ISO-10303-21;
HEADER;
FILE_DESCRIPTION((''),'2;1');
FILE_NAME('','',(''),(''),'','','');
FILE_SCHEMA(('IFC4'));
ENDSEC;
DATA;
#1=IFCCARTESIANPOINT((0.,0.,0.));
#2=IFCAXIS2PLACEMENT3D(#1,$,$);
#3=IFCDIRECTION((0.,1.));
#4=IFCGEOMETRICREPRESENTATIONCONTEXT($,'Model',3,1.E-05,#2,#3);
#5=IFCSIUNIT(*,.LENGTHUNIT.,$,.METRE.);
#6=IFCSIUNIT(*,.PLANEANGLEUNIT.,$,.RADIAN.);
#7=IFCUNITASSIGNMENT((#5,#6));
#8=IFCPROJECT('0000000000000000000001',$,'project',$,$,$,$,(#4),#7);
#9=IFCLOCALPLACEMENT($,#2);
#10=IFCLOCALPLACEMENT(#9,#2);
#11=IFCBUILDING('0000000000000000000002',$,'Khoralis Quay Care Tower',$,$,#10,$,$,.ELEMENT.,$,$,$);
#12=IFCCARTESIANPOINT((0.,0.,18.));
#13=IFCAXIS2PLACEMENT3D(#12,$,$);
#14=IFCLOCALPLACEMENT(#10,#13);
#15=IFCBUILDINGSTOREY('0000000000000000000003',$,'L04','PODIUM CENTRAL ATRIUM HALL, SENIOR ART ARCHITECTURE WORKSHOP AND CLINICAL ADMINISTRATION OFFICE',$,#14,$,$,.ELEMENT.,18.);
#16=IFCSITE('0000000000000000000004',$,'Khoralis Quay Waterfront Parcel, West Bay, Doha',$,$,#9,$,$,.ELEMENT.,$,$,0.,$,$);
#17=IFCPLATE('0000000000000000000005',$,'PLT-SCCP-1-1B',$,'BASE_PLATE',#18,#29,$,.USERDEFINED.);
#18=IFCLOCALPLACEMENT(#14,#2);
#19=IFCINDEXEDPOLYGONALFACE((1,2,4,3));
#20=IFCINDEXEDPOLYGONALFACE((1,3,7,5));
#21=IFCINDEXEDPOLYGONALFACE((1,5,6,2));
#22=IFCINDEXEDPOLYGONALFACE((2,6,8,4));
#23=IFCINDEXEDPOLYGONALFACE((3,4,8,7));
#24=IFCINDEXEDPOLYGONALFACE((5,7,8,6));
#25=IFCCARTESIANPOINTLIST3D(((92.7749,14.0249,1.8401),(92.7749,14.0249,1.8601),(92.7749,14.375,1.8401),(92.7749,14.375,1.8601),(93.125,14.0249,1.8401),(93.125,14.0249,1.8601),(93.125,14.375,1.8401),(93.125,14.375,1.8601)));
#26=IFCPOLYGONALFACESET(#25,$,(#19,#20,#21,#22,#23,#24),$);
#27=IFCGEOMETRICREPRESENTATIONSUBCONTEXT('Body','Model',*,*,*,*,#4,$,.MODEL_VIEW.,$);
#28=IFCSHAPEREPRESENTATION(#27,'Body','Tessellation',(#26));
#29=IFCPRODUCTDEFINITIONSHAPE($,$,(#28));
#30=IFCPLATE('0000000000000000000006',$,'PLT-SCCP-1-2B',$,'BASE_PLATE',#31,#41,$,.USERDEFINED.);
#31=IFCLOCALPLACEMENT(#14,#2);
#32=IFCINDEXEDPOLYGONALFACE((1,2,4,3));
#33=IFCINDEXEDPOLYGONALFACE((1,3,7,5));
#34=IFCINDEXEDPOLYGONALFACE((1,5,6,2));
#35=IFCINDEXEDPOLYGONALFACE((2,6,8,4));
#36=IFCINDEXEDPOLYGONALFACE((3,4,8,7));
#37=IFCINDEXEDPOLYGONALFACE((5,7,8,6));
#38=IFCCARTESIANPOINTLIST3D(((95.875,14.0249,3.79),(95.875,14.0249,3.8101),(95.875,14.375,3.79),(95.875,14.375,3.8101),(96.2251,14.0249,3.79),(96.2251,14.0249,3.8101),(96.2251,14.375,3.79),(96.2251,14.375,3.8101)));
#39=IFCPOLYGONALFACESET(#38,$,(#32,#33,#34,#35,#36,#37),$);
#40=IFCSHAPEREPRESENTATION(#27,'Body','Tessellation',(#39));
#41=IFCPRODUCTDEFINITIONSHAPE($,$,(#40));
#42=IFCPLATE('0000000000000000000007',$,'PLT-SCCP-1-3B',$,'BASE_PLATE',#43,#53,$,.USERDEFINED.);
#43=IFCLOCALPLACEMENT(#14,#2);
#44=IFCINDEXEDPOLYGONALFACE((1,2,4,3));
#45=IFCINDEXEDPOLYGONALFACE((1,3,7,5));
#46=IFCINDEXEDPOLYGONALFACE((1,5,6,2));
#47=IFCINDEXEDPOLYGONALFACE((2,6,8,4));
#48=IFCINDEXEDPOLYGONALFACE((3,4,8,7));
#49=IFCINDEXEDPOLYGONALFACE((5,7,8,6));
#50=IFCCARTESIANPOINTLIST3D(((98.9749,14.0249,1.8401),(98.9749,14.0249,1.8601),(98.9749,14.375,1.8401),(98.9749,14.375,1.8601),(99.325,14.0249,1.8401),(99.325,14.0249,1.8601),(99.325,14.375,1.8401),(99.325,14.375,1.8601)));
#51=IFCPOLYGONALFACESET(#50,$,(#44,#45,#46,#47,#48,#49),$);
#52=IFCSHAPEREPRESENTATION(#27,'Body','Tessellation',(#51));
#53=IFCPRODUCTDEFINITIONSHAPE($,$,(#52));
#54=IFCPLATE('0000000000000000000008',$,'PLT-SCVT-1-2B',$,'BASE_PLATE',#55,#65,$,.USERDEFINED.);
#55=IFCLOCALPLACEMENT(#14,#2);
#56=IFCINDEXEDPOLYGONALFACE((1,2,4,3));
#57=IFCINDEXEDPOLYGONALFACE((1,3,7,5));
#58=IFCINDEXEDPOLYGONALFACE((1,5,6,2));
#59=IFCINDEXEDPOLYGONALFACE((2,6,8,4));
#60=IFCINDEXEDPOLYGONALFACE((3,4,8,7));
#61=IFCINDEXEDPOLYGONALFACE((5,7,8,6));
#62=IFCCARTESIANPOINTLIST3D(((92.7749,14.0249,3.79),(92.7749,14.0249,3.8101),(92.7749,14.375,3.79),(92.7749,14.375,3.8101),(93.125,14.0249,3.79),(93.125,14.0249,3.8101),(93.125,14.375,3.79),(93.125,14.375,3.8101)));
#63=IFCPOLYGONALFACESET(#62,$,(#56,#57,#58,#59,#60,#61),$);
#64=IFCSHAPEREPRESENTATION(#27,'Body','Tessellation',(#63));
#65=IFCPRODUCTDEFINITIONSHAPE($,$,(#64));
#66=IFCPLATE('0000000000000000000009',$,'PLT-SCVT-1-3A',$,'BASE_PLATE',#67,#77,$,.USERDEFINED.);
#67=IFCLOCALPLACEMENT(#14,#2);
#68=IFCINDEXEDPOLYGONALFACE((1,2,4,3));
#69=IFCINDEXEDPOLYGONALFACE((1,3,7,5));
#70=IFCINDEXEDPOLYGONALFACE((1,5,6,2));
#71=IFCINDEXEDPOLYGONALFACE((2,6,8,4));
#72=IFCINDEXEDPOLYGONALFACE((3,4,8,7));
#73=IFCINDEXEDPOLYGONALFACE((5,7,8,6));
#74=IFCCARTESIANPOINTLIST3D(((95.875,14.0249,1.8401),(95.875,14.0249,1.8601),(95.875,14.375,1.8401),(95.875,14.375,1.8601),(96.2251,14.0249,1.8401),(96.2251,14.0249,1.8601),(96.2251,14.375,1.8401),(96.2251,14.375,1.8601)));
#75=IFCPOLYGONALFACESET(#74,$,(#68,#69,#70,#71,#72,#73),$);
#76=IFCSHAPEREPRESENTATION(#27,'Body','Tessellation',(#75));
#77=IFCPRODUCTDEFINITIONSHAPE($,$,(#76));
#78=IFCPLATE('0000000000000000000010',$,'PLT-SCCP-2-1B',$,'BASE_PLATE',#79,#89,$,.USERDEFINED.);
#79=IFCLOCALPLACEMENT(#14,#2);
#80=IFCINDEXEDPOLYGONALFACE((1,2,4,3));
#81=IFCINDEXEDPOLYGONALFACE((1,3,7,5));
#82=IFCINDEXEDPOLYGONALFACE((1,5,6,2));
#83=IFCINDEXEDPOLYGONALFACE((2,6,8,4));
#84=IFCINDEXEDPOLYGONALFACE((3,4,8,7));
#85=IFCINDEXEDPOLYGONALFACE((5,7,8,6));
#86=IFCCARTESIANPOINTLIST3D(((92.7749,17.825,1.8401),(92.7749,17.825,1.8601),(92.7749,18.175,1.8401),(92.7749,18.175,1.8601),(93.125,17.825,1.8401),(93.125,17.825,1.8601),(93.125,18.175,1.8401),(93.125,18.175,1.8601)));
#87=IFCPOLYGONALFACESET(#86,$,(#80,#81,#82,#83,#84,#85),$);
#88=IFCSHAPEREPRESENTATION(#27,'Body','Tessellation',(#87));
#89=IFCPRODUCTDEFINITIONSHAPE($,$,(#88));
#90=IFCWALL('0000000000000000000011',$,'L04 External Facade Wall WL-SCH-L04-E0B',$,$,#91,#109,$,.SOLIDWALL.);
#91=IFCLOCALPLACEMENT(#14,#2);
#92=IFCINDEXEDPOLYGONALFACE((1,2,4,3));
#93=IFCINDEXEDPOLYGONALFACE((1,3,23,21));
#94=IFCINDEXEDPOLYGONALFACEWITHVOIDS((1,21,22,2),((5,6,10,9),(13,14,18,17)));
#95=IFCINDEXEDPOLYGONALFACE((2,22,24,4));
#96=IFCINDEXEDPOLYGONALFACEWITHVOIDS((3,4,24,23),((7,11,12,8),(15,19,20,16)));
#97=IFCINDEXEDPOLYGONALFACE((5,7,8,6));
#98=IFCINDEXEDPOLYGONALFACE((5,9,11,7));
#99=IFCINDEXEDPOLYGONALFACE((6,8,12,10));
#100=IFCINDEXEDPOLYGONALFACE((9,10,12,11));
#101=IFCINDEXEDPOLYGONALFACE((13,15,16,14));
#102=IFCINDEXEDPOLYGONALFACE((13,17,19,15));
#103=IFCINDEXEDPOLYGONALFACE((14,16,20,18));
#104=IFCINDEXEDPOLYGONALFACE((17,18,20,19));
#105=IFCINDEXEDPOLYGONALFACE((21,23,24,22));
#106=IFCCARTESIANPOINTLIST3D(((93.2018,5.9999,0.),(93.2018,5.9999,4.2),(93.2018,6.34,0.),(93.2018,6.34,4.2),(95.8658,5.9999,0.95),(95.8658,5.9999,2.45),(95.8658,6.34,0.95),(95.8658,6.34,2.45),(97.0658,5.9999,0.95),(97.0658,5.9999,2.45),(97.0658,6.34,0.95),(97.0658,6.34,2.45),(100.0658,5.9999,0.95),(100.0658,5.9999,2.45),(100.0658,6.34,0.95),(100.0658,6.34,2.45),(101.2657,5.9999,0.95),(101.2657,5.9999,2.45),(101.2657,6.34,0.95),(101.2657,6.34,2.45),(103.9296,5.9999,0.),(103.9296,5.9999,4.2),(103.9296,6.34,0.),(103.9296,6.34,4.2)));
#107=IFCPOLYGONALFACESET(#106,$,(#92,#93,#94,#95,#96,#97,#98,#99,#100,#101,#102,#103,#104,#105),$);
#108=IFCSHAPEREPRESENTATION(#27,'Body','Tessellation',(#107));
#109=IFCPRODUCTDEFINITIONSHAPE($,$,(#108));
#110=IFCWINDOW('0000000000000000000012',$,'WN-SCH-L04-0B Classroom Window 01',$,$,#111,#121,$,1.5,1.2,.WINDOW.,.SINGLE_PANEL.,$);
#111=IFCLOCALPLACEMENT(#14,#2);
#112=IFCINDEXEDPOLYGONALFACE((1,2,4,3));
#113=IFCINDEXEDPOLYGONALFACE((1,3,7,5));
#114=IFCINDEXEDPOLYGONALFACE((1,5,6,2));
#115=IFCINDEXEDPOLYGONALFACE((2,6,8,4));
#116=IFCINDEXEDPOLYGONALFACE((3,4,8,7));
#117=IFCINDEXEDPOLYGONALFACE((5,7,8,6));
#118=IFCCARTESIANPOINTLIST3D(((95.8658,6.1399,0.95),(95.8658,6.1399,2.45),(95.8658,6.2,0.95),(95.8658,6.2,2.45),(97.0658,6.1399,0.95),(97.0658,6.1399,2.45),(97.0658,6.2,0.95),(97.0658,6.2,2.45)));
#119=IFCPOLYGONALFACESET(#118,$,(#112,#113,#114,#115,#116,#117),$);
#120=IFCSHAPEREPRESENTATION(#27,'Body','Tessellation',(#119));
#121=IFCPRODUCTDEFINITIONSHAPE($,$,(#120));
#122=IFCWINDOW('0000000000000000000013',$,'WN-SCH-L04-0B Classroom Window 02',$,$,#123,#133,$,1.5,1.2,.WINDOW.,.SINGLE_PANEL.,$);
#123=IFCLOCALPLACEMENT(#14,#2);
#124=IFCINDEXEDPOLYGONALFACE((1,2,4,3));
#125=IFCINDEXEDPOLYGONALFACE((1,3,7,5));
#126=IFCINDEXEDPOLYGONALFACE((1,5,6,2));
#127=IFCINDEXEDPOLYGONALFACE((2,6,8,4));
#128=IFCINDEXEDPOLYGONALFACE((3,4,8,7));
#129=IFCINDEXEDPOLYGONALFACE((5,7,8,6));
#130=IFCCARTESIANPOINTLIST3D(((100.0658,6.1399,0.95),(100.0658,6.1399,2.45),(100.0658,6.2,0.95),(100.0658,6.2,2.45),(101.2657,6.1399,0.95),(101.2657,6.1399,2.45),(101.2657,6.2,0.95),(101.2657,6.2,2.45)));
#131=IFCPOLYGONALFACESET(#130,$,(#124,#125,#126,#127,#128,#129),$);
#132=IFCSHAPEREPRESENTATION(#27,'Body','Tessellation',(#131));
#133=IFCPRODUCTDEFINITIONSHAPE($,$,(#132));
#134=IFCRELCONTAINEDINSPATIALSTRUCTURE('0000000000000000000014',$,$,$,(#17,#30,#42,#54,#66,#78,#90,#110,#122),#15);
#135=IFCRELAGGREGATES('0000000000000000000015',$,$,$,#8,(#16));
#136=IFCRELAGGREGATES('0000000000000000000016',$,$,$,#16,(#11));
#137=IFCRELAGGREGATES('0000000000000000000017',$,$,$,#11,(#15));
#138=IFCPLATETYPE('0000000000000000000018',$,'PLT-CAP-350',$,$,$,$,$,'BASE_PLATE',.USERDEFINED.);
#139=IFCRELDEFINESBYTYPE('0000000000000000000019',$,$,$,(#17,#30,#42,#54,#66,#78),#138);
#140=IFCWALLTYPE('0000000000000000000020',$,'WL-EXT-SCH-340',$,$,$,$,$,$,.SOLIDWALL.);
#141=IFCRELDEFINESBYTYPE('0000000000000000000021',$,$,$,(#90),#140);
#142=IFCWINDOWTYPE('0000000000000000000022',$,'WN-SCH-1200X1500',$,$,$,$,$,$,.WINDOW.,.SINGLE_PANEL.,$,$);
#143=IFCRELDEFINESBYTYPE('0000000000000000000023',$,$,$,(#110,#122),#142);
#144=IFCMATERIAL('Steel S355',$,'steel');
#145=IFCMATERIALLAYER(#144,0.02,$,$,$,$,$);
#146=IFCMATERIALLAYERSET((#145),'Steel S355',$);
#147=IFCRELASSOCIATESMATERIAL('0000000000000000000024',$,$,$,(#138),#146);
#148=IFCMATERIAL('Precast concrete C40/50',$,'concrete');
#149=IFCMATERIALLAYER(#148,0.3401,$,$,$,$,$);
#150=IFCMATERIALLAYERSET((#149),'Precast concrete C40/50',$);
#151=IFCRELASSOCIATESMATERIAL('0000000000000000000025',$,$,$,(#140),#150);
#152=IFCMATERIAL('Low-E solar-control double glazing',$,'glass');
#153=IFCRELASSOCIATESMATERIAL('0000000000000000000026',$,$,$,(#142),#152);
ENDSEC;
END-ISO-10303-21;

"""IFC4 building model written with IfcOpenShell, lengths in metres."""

from ifc_helpers import new_model, si_unit, direction, frame, frame_2d, origin, origin_2d, place, context, subcontext, project, spatial, rectangle, extrude, source, transform, mapped, material, layer, layer_set, type_object, element, fill, save


model = new_model("IFC4")

# Units and contexts
model_context = context("Model", 3, precision=1e-05, world=origin(), true_north=direction((0.0, 1.0)))
body_context = subcontext(model_context, "Body", "Model", "MODEL_VIEW")
ifc_project = project(units=[si_unit("LENGTHUNIT", "METRE"), si_unit("PLANEANGLEUNIT", "RADIAN")], contexts=[model_context])

# Site, building, storey
site_placement = place(None, origin())
site = spatial("IfcSite", under=ifc_project, at=site_placement, Name="Khoralis Quay Waterfront Parcel, West Bay, Doha", CompositionType="ELEMENT", RefElevation=0.0)
building_placement = place(site_placement, origin())
building = spatial("IfcBuilding", under=site, at=building_placement, Name="Khoralis Quay Care Tower", CompositionType="ELEMENT")
storey_placement = place(building_placement, frame((0.0, 0.0, 18.0)))
storey = spatial("IfcBuildingStorey", under=building, at=storey_placement, Name="L04", Description="PODIUM CENTRAL ATRIUM HALL, SENIOR ART ARCHITECTURE WORKSHOP AND CLINICAL ADMINISTRATION OFFICE", CompositionType="ELEMENT", Elevation=18.0)

# Shared definitions
ifc_material_1 = material(Name="Steel S355", Category="steel")

# Plates
ifc_layer_1 = layer(ifc_material_1, 0.02)
ifc_layer_set_1 = layer_set([ifc_layer_1], Name="Steel S355")
plate_type = type_object("IfcPlateType", Name="PLT-CAP-350", ElementType="BASE_PLATE", PredefinedType="USERDEFINED", material=ifc_layer_set_1)
shared_shape_1 = source(origin(), body_context, "Body", "SweptSolid", [
    extrude(rectangle(XDim=0.3501, YDim=0.3501, at=origin_2d()), origin(), (0.0, 0.0, 1.0), 0.02),
])
for number, where, z_axis, x_axis, name in (
    (1, (92.95, 14.2, 1.8401), (0.0, 0.0, 1.0), (1.0, 0.0, 0.0), "PLT-SCCP-1-1B"),
    (2, (96.05, 14.2, 3.79), (0.0, 0.0, 1.0), (1.0, 0.0, 0.0), "PLT-SCCP-1-2B"),
    (3, (99.1499, 14.2, 1.8401), (0.0, 0.0, 1.0), (1.0, 0.0, 0.0), "PLT-SCCP-1-3B"),
    (4, (92.95, 14.2, 3.79), (0.0, 0.0, 1.0), (1.0, 0.0, 0.0), "PLT-SCVT-1-2B"),
    (5, (96.05, 14.2, 1.8401), (0.0, 0.0, 1.0), (1.0, 0.0, 0.0), "PLT-SCVT-1-3A"),
    (6, (92.95, 18.0, 1.8401), (0.0, 0.0, 1.0), (1.0, 0.0, 0.0), "PLT-SCCP-2-1B"),
):
    element("IfcPlate", number, at=place(storey_placement, frame(where, z_axis=z_axis, x_axis=x_axis)), inside=storey, type_object=plate_type, Name=name, ObjectType="BASE_PLATE", PredefinedType="USERDEFINED", context=body_context, shape_type="MappedRepresentation", body=[
        mapped(shared_shape_1, transform((0.0, 0.0, 0.0), scale=1.0)),
    ])

# Wall, openings, windows
ifc_material_2 = material(Name="Precast concrete C40/50", Category="concrete")
ifc_layer_2 = layer(ifc_material_2, 0.3401)
ifc_layer_set_2 = layer_set([ifc_layer_2], Name="Precast concrete C40/50")
wall_type = type_object("IfcWallType", Name="WL-EXT-SCH-340", PredefinedType="SOLIDWALL", material=ifc_layer_set_2)
wall_placement = place(storey_placement, frame((93.2019, 6.1699, 0.0), z_axis=(0.0, 0.0, 1.0), x_axis=(1.0, 0.0, 0.0)))
wall = element("IfcWall", 7, at=wall_placement, inside=storey, type_object=wall_type, Name="L04 External Facade Wall WL-SCH-L04-E0B", PredefinedType="SOLIDWALL", context=body_context, shape_type="SweptSolid", body=[
    extrude(rectangle(XDim=10.7278, YDim=0.3401, at=frame_2d((5.3638, 0.0))), origin(), (0.0, 0.0, 1.0), 4.2),
])
opening_1_placement = place(wall_placement, frame((2.6638, 0.0, 0.95)))
opening_1 = element("IfcOpeningElement", 8, at=opening_1_placement, cuts=wall, PredefinedType="OPENING", context=body_context, shape_type="SweptSolid", body=[
    extrude(rectangle(XDim=1.2, YDim=1.5, at=frame_2d((0.6001, 0.75))), frame((0.0, 0.1802, 0.0), z_axis=(0.0, -1.0, 0.0), x_axis=(1.0, 0.0, 0.0)), (0.0, 0.0, 1.0), 0.3601),
])
opening_2_placement = place(wall_placement, frame((6.8638, 0.0, 0.95)))
opening_2 = element("IfcOpeningElement", 9, at=opening_2_placement, cuts=wall, PredefinedType="OPENING", context=body_context, shape_type="SweptSolid", body=[
    extrude(rectangle(XDim=1.2, YDim=1.5, at=frame_2d((0.6001, 0.75))), frame((0.0, 0.1802, 0.0), z_axis=(0.0, -1.0, 0.0), x_axis=(1.0, 0.0, 0.0)), (0.0, 0.0, 1.0), 0.3601),
])
ifc_material_3 = material(Name="Low-E solar-control double glazing", Category="glass")
window_type = type_object("IfcWindowType", Name="WN-SCH-1200X1500", PartitioningType="SINGLE_PANEL", PredefinedType="WINDOW", material=ifc_material_3)
shared_shape_2 = source(origin(), body_context, "Body", "SweptSolid", [
    extrude(rectangle(XDim=1.2, YDim=1.5, at=frame_2d((0.6001, 0.75))), frame((0.0, 0.03, 0.0), z_axis=(0.0, -1.0, 0.0), x_axis=(1.0, 0.0, 0.0)), (0.0, 0.0, 1.0), 0.0601),
])
window_1_placement = place(opening_1_placement, origin())
window_1 = element("IfcWindow", 10, at=window_1_placement, inside=storey, type_object=window_type, Name="WN-SCH-L04-0B Classroom Window 01", OverallHeight=1.5, OverallWidth=1.2, PartitioningType="SINGLE_PANEL", PredefinedType="WINDOW", context=body_context, shape_type="MappedRepresentation", body=[
    mapped(shared_shape_2, transform((0.0, 0.0, 0.0), scale=1.0)),
])
fill(opening_1, window_1)
window_2_placement = place(opening_2_placement, origin())
window_2 = element("IfcWindow", 11, at=window_2_placement, inside=storey, type_object=window_type, Name="WN-SCH-L04-0B Classroom Window 02", OverallHeight=1.5, OverallWidth=1.2, PartitioningType="SINGLE_PANEL", PredefinedType="WINDOW", context=body_context, shape_type="MappedRepresentation", body=[
    mapped(shared_shape_2, transform((0.0, 0.0, 0.0), scale=1.0)),
])
fill(opening_2, window_2)

save(model, "model.ifc")
